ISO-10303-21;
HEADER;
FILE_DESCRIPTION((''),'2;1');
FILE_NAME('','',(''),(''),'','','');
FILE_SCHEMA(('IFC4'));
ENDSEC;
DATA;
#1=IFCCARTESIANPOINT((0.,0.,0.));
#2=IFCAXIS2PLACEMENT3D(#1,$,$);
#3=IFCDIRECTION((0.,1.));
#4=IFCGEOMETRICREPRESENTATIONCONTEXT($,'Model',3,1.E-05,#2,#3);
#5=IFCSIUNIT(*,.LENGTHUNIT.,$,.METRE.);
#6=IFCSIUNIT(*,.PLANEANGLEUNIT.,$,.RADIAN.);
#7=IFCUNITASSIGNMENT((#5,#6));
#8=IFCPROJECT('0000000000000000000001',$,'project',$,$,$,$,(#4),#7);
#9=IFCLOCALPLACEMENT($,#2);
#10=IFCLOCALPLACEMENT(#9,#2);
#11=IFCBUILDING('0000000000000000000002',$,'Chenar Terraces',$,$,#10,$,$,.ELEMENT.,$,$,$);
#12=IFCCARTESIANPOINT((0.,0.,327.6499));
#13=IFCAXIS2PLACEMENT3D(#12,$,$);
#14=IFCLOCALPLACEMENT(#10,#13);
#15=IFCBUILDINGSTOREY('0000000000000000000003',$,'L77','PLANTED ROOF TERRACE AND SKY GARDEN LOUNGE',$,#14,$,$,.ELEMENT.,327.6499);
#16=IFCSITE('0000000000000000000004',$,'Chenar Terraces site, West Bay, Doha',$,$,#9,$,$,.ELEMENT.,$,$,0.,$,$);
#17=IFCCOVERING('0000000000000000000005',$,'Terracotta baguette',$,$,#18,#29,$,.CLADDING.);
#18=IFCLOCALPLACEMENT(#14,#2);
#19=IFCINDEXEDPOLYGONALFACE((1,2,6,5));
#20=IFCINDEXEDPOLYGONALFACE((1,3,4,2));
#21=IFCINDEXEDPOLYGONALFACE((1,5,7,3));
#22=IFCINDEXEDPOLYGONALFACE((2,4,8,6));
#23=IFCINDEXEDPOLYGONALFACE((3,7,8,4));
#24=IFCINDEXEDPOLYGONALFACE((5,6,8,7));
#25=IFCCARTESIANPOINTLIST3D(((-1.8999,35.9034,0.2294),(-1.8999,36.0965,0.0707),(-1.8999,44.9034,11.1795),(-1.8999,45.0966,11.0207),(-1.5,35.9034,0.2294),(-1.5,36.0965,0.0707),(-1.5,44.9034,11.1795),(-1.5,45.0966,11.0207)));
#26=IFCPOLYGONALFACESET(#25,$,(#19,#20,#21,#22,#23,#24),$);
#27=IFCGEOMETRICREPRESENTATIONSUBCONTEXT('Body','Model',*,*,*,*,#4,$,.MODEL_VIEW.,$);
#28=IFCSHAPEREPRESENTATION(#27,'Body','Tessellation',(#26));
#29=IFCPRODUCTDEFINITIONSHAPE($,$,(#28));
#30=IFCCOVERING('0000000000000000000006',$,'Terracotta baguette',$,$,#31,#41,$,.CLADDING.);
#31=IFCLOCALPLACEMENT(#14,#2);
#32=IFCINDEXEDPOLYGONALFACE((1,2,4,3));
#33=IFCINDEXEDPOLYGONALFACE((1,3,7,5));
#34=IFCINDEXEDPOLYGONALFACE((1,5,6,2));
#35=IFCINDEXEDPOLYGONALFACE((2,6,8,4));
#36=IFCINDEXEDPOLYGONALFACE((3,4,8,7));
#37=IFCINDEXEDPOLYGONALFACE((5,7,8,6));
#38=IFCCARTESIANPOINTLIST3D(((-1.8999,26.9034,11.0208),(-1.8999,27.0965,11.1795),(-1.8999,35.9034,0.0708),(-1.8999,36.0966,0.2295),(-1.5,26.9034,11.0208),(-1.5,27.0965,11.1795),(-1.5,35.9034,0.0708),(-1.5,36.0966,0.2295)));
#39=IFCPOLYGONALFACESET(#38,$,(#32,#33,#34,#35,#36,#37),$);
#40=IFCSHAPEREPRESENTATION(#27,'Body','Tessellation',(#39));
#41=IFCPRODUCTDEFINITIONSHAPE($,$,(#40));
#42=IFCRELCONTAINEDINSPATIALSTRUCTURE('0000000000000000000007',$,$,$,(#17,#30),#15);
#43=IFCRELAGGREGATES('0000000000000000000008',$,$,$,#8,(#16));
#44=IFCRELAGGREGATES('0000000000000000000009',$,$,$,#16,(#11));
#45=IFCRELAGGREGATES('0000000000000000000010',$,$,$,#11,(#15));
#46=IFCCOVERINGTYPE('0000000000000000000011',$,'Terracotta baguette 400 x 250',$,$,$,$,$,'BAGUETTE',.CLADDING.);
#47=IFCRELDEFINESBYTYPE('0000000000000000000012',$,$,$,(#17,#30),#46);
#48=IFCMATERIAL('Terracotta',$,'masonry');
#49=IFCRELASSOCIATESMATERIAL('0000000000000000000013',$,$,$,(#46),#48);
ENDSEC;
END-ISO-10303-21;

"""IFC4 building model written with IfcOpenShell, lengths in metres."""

from ifc_helpers import new_model, si_unit, direction, frame, origin, origin_2d, place, context, subcontext, project, spatial, rectangle, extrude, material, material_profile, profile_set, type_object, element, save


model = new_model("IFC4")

# Units and contexts
model_context = context("Model", 3, precision=1e-05, world=origin(), true_north=direction((0.0, 1.0)))
body_context = subcontext(model_context, "Body", "Model", "MODEL_VIEW")
ifc_project = project(units=[si_unit("LENGTHUNIT", "METRE"), si_unit("PLANEANGLEUNIT", "RADIAN")], contexts=[model_context])

# Site, building, storey
site_placement = place(None, origin())
site = spatial("IfcSite", under=ifc_project, at=site_placement, Name="Chenar Terraces site, West Bay, Doha", CompositionType="ELEMENT", RefElevation=0.0)
building_placement = place(site_placement, origin())
building = spatial("IfcBuilding", under=site, at=building_placement, Name="Chenar Terraces", CompositionType="ELEMENT")
storey_placement = place(building_placement, frame((0.0, 0.0, 327.6499)))
storey = spatial("IfcBuildingStorey", under=building, at=storey_placement, Name="L77", Description="PLANTED ROOF TERRACE AND SKY GARDEN LOUNGE", CompositionType="ELEMENT", Elevation=327.6499)

# Coverings
ifc_material_1 = material(Name="Terracotta", Category="masonry")
ifc_material_profile_1 = material_profile(ifc_material_1, rectangle(XDim=0.3999, YDim=0.25, at=origin_2d()), Name="Terracotta baguette 400 x 250")
ifc_profile_set_1 = profile_set([ifc_material_profile_1], Name="Terracotta")
covering_type = type_object("IfcCoveringType", Name="Terracotta baguette 400 x 250", ElementType="BAGUETTE", PredefinedType="CLADDING", material=ifc_profile_set_1)
for number, where, z_axis, x_axis, name in (
    (1, (-1.7, 45.0, 11.1001), (0.0, -0.634967, -0.772539), (1.0, 0.0, 0.0), "Terracotta baguette"),
    (2, (-1.7, 36.0, 0.1501), (0.0, -0.634967, 0.772539), (1.0, 0.0, 0.0), "Terracotta baguette"),
):
    element("IfcCovering", number, at=place(storey_placement, frame(where, z_axis=z_axis, x_axis=x_axis)), inside=storey, type_object=covering_type, Name=name, PredefinedType="CLADDING", context=body_context, shape_type="SweptSolid", body=[
        extrude(rectangle(XDim=0.3999, YDim=0.25, at=origin_2d()), origin(), (0.0, 0.0, 1.0), 14.1741),
    ])

save(model, "model.ifc")
